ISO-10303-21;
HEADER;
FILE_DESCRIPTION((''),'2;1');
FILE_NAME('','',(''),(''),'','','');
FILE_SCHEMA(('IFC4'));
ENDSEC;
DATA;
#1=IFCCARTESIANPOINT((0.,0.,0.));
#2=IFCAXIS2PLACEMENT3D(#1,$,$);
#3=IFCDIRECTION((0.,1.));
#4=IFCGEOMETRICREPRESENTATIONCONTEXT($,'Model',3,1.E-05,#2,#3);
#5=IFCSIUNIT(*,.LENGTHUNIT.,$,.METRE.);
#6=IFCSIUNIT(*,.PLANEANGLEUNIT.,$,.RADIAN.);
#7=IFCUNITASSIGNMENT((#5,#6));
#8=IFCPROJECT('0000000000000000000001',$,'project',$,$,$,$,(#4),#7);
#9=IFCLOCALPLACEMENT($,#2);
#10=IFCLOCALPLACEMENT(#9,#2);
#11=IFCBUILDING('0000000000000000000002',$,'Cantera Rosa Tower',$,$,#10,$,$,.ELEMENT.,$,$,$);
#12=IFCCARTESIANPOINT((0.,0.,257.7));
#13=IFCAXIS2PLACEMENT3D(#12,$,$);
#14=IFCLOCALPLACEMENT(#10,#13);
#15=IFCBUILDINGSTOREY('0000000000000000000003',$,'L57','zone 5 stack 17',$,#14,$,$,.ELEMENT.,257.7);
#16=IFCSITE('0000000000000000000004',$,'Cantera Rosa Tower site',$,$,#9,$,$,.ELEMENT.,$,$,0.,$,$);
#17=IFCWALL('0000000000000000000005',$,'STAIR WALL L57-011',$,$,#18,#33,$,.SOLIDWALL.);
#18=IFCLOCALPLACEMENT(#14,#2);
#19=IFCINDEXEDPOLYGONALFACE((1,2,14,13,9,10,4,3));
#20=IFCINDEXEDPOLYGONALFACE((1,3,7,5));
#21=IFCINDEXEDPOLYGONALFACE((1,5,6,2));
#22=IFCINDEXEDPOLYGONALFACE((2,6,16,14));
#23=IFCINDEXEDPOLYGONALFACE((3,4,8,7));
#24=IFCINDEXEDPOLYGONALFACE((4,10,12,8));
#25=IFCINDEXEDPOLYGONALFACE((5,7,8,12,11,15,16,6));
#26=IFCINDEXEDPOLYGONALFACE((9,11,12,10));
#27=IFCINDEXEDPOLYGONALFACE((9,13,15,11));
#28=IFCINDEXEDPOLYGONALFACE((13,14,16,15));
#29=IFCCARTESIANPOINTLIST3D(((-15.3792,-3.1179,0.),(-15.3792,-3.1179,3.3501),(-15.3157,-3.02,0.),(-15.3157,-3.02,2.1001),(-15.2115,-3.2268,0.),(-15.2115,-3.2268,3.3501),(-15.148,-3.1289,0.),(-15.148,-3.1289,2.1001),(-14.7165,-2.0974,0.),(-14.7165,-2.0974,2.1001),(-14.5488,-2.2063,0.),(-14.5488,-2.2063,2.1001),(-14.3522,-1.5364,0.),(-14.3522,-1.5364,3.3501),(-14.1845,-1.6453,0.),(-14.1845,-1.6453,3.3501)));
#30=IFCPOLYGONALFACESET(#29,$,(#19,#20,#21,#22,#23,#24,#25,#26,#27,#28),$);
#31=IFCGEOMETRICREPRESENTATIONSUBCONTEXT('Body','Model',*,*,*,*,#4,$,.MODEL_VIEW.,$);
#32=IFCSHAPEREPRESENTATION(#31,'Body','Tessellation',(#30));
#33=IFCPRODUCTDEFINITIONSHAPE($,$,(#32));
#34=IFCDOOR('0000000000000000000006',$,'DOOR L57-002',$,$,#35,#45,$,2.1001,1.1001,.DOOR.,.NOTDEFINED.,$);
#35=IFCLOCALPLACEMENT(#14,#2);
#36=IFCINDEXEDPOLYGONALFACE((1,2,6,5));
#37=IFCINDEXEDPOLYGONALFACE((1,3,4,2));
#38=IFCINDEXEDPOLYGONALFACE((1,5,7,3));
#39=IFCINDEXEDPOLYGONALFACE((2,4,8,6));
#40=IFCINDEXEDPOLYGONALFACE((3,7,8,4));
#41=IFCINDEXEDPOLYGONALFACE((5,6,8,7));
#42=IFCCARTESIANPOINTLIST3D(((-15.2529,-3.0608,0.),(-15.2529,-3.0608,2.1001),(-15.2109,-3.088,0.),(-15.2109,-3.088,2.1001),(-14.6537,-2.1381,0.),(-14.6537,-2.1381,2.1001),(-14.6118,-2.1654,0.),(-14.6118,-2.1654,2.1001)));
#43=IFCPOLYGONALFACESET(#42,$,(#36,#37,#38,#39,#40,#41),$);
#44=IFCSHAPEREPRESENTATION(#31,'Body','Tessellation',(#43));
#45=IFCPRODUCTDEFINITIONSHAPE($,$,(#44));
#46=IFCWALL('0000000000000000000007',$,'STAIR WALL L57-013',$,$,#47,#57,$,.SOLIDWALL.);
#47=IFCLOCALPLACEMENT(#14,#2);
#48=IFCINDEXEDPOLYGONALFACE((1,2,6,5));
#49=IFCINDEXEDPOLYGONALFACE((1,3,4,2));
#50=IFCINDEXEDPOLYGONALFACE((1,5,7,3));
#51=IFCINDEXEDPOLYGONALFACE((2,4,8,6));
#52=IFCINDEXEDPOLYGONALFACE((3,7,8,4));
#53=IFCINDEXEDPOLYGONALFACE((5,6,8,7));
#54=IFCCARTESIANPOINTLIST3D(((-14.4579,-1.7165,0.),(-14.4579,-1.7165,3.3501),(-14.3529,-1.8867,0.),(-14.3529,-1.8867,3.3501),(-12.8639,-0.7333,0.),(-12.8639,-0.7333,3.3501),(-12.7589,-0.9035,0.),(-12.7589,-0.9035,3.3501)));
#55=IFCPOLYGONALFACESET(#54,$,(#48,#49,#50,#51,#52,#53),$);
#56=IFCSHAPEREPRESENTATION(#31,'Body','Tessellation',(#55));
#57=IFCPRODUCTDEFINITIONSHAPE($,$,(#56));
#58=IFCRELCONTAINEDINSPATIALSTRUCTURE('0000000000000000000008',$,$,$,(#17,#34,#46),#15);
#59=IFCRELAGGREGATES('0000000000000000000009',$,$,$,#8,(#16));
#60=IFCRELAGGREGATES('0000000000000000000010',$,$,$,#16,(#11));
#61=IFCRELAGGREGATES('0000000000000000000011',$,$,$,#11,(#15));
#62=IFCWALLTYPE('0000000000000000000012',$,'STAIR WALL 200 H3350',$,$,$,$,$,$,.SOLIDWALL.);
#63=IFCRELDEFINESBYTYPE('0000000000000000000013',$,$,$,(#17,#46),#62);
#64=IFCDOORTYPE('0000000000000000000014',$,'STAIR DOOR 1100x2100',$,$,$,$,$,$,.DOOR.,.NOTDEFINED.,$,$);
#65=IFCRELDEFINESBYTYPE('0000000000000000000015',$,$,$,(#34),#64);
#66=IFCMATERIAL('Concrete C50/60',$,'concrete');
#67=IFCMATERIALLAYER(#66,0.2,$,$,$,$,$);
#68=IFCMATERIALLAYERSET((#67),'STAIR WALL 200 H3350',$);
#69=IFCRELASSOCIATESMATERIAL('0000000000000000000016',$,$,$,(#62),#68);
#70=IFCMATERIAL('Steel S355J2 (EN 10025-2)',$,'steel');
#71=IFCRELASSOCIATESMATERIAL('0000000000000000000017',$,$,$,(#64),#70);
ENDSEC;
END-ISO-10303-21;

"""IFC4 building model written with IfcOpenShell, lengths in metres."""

from ifc_helpers import new_model, si_unit, direction, frame, frame_2d, origin, place, context, subcontext, project, spatial, rectangle, extrude, material, layer, layer_set, type_object, element, fill, save


model = new_model("IFC4")

# Units and contexts
model_context = context("Model", 3, precision=1e-05, world=origin(), true_north=direction((0.0, 1.0)))
body_context = subcontext(model_context, "Body", "Model", "MODEL_VIEW")
ifc_project = project(units=[si_unit("LENGTHUNIT", "METRE"), si_unit("PLANEANGLEUNIT", "RADIAN")], contexts=[model_context])

# Site, building, storey
site_placement = place(None, origin())
site = spatial("IfcSite", under=ifc_project, at=site_placement, Name="Cantera Rosa Tower site", CompositionType="ELEMENT", RefElevation=0.0)
building_placement = place(site_placement, origin())
building = spatial("IfcBuilding", under=site, at=building_placement, Name="Cantera Rosa Tower", CompositionType="ELEMENT")
storey_placement = place(building_placement, frame((0.0, 0.0, 257.7)))
storey = spatial("IfcBuildingStorey", under=building, at=storey_placement, Name="L57", Description="zone 5 stack 17", CompositionType="ELEMENT", Elevation=257.7)

# Shared definitions
ifc_material_1 = material(Name="Concrete C50/60", Category="concrete")
ifc_layer_1 = layer(ifc_material_1, 0.2)
ifc_layer_set_1 = layer_set([ifc_layer_1], Name="STAIR WALL 200 H3350")
wall_type_1 = type_object("IfcWallType", Name="STAIR WALL 200 H3350", PredefinedType="SOLIDWALL", material=ifc_layer_set_1)

# Wall, opening, door
wall_1_placement = place(storey_placement, frame((-14.2683, -1.5908, 0.0), z_axis=(0.0, 0.0, 1.0), x_axis=(-0.544652, -0.838662, 0.0)))
wall_1 = element("IfcWall", 1, at=wall_1_placement, inside=storey, type_object=wall_type_1, Name="STAIR WALL L57-011", PredefinedType="SOLIDWALL", context=body_context, shape_type="SweptSolid", body=[
    extrude(rectangle(XDim=1.8857, YDim=0.2, at=frame_2d((0.9429, 0.0))), origin(), (0.0, 0.0, 1.0), 3.3501),
])
opening_1_placement = place(wall_1_placement, frame((0.6689, 0.0, 0.0)))
opening_1 = element("IfcOpeningElement", 2, at=opening_1_placement, cuts=wall_1, PredefinedType="OPENING", context=body_context, shape_type="SweptSolid", body=[
    extrude(rectangle(XDim=1.1001, YDim=2.1001, at=frame_2d((0.55, 1.05))), frame((0.0, 0.1099, 0.0), z_axis=(0.0, -1.0, 0.0), x_axis=(1.0, 0.0, 0.0)), (0.0, 0.0, 1.0), 0.22),
])
ifc_material_2 = material(Name="Steel S355J2 (EN 10025-2)", Category="steel")
door_type_1 = type_object("IfcDoorType", Name="STAIR DOOR 1100x2100", OperationType="NOTDEFINED", PredefinedType="DOOR", material=ifc_material_2)
door_1_placement = place(opening_1_placement, origin())
door_1 = element("IfcDoor", 3, at=door_1_placement, inside=storey, type_object=door_type_1, Name="DOOR L57-002", OperationType="NOTDEFINED", OverallHeight=2.1001, OverallWidth=1.1001, PredefinedType="DOOR", context=body_context, shape_type="SweptSolid", body=[
    extrude(rectangle(XDim=1.1001, YDim=2.1001, at=frame_2d((0.55, 1.05))), frame((0.0, 0.0249, 0.0), z_axis=(0.0, -1.0, 0.0), x_axis=(1.0, 0.0, 0.0)), (0.0, 0.0, 1.0), 0.05),
])
fill(opening_1, door_1)

# Wall
wall_2_placement = place(storey_placement, frame((-12.8113, -0.8184, 0.0), z_axis=(0.0, 0.0, 1.0), x_axis=(-0.851125, -0.524963, 0.0)))
element("IfcWall", 4, at=wall_2_placement, inside=storey, type_object=wall_type_1, Name="STAIR WALL L57-013", PredefinedType="SOLIDWALL", context=body_context, shape_type="SweptSolid", body=[
    extrude(rectangle(XDim=1.8728, YDim=0.2, at=frame_2d((0.9365, 0.0))), origin(), (0.0, 0.0, 1.0), 3.3501),
])

save(model, "model.ifc")
